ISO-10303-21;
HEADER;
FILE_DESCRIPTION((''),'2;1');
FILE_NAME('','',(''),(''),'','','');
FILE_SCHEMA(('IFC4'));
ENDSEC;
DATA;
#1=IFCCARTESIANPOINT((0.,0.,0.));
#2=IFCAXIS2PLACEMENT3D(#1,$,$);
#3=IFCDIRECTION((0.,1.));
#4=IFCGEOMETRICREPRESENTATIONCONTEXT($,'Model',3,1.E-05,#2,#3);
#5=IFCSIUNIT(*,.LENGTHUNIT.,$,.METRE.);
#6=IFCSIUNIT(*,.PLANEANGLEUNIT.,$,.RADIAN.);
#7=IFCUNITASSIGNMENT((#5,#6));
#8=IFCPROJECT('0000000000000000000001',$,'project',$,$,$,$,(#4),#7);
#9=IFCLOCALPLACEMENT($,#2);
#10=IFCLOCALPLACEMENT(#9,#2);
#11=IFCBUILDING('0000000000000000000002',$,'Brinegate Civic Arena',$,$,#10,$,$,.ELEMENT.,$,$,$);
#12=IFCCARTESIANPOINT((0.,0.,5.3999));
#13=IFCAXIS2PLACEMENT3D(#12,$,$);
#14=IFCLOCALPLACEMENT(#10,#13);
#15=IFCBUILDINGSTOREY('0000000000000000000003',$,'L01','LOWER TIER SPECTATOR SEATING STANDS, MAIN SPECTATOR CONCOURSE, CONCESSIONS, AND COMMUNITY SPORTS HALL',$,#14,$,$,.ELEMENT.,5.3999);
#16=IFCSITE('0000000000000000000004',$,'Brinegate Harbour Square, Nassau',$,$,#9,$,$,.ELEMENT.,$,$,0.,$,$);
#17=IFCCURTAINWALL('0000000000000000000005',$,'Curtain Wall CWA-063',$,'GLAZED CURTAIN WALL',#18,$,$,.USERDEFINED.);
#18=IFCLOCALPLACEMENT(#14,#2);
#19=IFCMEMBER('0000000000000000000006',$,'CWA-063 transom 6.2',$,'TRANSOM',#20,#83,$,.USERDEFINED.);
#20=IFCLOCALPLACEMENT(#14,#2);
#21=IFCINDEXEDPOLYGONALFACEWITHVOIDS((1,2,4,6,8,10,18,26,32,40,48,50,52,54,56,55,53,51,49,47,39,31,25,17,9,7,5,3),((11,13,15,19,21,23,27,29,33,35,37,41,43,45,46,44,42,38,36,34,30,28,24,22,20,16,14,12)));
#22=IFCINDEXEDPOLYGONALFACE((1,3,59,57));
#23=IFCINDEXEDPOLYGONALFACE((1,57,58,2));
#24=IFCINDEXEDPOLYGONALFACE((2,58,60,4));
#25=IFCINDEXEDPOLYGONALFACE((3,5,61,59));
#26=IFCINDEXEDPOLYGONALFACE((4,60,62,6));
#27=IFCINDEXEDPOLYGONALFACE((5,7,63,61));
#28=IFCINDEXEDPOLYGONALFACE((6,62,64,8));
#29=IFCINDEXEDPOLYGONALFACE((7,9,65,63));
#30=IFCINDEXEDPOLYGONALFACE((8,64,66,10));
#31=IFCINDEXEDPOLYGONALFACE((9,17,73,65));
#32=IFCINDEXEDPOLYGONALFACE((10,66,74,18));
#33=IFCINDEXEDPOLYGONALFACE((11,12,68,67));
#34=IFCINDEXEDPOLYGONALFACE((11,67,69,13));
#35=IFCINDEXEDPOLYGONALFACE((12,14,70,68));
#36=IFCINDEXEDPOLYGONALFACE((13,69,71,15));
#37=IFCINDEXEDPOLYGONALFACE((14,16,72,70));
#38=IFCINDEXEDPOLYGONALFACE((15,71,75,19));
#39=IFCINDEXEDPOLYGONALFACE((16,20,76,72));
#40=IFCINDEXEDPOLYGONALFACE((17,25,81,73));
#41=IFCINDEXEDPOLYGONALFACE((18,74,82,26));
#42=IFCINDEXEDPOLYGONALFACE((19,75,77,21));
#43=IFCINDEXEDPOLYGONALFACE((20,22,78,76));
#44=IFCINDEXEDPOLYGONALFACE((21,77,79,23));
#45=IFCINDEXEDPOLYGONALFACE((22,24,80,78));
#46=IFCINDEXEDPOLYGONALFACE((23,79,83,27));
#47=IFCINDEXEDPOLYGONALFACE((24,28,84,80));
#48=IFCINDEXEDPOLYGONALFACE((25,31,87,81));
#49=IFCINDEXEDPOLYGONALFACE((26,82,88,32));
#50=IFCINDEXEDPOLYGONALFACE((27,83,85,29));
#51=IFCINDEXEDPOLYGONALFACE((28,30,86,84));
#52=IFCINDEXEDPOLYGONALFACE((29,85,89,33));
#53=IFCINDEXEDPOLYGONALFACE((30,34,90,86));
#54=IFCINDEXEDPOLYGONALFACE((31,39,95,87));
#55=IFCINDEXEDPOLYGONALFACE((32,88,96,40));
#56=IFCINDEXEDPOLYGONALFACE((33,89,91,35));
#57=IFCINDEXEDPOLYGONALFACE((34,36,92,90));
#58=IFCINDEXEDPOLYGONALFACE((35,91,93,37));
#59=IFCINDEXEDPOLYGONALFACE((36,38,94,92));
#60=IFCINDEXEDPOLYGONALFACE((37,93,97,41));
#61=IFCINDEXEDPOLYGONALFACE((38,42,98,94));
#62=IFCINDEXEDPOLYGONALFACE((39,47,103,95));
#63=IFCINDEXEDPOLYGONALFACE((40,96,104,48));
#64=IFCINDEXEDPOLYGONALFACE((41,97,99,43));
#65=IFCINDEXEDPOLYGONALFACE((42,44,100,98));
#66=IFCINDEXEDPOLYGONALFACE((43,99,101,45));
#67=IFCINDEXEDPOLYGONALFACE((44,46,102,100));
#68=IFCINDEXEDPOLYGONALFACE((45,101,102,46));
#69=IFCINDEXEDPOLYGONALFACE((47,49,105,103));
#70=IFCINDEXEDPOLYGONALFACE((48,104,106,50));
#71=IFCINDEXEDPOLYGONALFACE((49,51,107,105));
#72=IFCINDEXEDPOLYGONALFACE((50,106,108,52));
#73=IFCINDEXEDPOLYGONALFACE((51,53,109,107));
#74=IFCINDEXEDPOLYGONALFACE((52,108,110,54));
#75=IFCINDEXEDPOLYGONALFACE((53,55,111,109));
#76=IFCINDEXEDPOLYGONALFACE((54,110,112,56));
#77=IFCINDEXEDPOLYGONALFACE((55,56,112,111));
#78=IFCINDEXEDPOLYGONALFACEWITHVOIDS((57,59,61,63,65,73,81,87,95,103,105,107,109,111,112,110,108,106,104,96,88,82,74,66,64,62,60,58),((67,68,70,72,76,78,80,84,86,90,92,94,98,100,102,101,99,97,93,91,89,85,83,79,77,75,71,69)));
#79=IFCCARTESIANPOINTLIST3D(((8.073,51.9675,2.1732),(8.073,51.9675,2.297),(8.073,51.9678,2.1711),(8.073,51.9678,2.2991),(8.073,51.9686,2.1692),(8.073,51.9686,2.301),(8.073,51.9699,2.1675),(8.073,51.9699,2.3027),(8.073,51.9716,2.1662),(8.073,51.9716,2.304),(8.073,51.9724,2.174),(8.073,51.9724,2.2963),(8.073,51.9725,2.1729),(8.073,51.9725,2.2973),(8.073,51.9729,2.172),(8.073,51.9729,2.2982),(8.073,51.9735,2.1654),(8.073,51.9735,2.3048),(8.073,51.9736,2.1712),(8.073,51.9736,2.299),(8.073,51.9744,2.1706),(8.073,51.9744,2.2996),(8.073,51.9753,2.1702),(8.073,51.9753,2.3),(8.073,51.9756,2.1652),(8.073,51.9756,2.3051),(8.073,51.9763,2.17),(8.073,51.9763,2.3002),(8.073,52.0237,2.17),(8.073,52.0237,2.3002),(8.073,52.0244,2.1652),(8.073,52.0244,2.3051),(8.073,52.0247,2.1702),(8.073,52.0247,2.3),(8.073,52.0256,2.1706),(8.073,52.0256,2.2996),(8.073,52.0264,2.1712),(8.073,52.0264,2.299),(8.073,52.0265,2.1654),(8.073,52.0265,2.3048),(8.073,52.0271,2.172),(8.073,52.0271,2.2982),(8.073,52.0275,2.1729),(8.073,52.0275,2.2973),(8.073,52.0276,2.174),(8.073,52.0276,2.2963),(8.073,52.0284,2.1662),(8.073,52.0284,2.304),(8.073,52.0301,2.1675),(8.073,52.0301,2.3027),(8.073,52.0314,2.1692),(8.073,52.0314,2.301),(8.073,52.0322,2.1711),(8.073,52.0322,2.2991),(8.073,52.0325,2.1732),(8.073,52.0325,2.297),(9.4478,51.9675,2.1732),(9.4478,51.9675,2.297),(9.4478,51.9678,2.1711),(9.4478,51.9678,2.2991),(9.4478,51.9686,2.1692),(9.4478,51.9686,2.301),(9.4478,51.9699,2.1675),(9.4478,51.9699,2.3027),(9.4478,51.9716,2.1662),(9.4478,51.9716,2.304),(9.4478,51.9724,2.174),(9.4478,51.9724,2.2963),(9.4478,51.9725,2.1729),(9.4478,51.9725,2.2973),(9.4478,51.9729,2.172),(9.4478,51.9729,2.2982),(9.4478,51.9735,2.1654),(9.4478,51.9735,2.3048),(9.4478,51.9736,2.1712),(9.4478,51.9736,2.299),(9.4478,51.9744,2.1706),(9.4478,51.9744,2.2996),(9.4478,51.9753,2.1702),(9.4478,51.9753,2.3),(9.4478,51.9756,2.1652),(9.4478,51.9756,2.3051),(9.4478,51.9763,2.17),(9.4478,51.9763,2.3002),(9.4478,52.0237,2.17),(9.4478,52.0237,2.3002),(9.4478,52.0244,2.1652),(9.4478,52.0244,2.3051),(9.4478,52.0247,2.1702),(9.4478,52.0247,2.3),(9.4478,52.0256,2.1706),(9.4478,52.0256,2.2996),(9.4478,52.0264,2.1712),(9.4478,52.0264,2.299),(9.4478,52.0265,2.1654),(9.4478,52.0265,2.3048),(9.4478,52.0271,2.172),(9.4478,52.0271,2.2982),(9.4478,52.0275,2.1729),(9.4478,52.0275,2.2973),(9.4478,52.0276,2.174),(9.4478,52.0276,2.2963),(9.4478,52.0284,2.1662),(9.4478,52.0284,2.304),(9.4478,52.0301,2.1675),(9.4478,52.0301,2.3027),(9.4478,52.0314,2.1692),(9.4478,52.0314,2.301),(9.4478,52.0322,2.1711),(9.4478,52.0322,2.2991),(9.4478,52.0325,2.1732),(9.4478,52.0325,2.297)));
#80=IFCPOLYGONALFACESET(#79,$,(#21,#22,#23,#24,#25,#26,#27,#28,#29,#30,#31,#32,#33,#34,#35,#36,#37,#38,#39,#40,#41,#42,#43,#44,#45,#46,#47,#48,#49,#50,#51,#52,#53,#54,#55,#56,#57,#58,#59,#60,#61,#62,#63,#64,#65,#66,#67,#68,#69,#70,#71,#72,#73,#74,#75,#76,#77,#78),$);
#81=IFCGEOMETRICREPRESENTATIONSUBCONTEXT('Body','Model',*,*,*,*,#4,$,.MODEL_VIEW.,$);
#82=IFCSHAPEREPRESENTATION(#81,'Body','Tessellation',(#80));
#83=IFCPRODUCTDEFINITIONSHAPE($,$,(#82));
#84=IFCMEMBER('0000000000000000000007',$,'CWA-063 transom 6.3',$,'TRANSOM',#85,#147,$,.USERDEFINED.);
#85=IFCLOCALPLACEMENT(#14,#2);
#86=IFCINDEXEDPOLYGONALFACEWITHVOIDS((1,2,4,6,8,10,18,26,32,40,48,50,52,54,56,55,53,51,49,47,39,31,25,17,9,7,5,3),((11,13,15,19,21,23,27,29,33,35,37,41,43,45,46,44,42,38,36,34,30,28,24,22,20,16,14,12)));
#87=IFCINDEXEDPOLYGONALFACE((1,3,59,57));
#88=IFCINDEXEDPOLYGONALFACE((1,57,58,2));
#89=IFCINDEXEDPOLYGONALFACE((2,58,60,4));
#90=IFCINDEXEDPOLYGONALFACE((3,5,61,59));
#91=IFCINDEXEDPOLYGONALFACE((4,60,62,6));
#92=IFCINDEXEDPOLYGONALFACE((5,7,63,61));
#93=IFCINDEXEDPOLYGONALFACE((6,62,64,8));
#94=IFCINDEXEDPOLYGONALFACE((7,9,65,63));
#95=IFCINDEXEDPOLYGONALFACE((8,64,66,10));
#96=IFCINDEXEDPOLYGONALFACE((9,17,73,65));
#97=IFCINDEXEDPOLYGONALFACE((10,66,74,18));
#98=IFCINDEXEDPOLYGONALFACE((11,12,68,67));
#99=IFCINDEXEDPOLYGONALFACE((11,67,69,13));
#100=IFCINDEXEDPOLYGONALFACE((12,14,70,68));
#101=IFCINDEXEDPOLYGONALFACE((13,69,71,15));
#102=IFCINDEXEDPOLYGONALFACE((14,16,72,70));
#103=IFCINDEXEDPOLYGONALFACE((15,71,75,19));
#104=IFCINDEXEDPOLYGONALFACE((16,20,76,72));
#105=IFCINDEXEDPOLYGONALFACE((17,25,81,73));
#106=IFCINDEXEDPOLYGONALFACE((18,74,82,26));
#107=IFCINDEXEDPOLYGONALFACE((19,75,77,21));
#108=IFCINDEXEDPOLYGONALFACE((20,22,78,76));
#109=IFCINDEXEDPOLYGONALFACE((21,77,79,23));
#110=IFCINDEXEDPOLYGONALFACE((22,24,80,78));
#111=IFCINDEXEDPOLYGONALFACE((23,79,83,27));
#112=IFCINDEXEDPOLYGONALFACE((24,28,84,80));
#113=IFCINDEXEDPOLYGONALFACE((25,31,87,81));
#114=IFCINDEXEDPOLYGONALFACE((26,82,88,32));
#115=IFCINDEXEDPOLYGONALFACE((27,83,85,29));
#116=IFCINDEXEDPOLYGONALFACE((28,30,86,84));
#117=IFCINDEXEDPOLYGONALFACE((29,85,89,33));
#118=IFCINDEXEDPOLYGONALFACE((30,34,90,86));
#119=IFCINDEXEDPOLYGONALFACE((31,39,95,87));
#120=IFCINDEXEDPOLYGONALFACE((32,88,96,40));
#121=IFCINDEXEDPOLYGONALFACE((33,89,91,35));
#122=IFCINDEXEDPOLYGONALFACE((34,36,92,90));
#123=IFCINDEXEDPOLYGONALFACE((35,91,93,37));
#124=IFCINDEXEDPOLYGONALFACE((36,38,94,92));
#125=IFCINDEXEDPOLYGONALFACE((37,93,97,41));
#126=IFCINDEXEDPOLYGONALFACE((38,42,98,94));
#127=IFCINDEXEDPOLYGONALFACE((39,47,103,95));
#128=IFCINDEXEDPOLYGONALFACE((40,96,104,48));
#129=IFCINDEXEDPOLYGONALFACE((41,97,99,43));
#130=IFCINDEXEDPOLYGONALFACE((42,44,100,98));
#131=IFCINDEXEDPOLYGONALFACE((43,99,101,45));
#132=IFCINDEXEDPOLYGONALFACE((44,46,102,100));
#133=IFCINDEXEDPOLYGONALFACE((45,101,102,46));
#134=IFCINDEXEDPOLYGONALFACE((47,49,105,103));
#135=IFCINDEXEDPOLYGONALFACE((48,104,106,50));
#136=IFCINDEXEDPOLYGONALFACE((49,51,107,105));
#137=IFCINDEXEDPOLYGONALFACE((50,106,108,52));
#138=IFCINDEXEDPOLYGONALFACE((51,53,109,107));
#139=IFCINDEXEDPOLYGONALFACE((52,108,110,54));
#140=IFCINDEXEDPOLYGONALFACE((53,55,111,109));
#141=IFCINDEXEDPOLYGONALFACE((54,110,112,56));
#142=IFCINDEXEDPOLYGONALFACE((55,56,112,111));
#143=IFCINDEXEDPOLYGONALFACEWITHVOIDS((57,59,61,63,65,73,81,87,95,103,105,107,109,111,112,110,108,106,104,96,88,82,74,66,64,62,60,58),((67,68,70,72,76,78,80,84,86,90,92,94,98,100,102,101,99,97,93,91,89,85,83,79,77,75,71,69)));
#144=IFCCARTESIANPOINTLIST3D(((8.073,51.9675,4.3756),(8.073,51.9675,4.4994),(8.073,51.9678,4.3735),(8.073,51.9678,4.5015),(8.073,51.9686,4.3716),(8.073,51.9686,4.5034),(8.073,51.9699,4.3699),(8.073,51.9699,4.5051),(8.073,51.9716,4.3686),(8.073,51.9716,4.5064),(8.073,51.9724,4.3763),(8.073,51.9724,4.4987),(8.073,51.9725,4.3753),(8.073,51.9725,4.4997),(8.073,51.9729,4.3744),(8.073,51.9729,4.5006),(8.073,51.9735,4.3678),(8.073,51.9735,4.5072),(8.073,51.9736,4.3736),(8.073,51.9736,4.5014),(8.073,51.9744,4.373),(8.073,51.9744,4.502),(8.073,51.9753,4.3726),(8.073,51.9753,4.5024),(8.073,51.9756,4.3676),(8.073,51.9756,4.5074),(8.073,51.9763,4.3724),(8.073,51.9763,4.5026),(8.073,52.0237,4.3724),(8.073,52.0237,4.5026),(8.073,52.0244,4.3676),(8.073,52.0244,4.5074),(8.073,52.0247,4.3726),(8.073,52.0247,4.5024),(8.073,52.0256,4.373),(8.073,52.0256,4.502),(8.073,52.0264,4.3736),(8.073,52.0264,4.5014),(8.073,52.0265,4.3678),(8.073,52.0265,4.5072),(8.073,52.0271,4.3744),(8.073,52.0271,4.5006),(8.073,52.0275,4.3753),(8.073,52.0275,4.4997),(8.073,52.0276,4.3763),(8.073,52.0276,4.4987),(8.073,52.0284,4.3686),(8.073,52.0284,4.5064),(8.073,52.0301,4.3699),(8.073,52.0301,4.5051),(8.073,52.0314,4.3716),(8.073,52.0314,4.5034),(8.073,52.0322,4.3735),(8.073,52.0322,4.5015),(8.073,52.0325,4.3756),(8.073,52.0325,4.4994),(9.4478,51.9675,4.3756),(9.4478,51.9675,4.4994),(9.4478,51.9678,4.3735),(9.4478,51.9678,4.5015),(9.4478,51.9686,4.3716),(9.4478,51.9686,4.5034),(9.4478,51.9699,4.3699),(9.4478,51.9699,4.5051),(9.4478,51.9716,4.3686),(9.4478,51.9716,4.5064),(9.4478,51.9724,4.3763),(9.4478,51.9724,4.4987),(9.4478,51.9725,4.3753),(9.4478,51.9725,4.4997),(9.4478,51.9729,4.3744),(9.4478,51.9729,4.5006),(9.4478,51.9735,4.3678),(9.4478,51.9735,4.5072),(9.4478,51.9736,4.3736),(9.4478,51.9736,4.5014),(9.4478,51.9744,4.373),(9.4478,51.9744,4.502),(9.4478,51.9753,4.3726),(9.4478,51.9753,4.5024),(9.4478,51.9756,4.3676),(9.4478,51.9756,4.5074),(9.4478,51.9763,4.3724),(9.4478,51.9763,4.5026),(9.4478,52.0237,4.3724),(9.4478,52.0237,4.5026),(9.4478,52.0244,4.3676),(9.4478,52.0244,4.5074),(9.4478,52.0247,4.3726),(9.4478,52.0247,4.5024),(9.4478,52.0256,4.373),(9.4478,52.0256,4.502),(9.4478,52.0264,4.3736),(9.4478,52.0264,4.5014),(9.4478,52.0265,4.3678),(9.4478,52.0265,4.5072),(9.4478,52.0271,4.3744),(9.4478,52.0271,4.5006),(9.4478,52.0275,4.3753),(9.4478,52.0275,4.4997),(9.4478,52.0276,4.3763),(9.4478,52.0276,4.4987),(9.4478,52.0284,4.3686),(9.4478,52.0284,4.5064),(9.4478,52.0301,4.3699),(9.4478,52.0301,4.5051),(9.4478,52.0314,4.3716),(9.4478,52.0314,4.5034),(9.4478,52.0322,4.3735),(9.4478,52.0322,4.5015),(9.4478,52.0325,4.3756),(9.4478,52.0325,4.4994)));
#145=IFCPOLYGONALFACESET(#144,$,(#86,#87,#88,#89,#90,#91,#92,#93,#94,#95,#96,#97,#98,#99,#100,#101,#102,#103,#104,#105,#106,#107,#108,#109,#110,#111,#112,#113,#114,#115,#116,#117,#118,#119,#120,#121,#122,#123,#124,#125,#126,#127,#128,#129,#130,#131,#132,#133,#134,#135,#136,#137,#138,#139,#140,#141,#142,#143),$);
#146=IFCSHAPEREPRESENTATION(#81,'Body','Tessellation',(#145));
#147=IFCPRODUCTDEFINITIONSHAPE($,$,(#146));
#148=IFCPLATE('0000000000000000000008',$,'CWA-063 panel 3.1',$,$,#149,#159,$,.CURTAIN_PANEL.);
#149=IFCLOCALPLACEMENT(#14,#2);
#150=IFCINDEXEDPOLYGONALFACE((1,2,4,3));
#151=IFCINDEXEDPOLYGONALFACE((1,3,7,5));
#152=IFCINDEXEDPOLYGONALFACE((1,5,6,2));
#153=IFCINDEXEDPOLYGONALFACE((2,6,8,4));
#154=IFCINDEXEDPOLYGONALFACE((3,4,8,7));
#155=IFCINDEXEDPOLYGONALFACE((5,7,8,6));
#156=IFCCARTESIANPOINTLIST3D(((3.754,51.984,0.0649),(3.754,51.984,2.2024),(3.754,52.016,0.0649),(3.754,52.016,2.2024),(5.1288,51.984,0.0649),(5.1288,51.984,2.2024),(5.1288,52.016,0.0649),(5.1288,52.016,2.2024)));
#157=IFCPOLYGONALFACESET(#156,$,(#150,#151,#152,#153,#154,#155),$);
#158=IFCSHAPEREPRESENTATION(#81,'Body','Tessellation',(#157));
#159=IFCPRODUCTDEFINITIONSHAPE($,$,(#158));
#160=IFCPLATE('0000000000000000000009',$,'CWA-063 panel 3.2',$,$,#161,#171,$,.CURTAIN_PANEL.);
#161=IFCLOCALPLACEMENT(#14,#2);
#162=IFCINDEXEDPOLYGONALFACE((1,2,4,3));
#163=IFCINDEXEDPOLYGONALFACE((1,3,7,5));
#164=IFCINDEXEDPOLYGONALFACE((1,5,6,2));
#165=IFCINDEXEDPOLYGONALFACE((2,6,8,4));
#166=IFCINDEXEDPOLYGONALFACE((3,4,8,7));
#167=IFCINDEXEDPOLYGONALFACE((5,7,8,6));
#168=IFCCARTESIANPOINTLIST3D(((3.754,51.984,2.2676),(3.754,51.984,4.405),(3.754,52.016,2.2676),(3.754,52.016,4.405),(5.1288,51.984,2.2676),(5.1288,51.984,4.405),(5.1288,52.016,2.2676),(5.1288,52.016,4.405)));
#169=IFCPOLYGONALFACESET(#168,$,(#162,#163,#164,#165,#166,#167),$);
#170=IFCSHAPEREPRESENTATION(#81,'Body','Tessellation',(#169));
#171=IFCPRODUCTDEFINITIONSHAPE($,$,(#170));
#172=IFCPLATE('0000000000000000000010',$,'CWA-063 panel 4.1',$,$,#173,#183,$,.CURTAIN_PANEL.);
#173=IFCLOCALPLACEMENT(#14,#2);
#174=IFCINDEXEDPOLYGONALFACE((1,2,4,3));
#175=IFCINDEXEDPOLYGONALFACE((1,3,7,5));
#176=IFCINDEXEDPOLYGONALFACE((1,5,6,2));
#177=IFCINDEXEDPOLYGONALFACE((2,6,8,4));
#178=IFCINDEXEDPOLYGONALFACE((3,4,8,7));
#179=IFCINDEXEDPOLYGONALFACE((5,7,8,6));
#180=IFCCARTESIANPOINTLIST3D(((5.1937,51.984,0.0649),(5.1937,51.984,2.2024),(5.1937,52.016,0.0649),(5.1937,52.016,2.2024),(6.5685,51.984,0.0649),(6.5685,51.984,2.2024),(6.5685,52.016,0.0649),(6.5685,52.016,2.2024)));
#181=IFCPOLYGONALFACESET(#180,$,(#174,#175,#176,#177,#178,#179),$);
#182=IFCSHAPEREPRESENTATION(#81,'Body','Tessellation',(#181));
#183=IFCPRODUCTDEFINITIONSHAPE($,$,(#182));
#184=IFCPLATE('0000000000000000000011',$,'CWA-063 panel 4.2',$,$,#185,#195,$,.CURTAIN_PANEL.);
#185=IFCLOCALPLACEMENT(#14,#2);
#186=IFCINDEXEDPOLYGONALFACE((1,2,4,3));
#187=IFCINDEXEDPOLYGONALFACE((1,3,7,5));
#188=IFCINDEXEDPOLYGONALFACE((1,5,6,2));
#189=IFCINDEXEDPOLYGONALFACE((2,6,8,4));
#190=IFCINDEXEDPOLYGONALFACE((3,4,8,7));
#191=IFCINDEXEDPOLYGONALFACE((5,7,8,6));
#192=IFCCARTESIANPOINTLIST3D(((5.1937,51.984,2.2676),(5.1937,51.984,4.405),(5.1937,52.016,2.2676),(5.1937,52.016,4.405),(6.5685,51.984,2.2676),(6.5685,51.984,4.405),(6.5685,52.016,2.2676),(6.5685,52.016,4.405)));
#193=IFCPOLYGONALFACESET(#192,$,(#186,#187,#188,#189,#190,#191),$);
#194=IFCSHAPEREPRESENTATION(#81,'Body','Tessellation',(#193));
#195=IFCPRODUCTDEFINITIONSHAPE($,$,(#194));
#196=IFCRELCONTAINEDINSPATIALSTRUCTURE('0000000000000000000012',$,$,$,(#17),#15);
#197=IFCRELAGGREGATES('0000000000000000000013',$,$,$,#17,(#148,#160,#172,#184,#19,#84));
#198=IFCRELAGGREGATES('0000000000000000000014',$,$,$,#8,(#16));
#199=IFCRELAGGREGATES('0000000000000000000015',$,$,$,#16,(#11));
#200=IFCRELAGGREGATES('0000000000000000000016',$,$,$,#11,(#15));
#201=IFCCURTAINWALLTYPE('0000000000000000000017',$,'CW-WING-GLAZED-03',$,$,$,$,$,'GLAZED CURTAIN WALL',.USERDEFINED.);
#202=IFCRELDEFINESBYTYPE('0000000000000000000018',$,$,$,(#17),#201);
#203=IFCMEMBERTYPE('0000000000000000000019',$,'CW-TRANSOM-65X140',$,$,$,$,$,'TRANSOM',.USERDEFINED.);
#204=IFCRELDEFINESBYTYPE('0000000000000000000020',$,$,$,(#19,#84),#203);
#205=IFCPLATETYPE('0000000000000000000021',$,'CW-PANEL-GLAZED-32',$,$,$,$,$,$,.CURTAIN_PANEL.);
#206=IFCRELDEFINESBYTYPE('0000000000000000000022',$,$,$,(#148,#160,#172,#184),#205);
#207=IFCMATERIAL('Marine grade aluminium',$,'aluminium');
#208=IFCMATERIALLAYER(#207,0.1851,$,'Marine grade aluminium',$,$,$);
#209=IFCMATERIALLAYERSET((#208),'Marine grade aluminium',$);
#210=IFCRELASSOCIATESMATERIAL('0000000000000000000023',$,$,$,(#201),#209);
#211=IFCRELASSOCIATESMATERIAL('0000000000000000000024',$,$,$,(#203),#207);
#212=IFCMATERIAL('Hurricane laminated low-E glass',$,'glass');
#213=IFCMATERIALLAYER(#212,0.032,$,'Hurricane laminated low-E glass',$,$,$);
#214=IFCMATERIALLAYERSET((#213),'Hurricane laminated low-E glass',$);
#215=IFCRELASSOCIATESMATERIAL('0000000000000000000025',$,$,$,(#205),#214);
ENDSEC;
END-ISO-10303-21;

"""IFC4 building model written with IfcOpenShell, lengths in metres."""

from ifc_helpers import new_model, si_unit, direction, frame, origin, origin_2d, place, context, subcontext, project, spatial, rectangle, hollow_rectangle, extrude, material, layer, layer_set, material_profile, profile_set, type_object, element, aggregate, save


model = new_model("IFC4")

# Units and contexts
model_context = context("Model", 3, precision=1e-05, world=origin(), true_north=direction((0.0, 1.0)))
body_context = subcontext(model_context, "Body", "Model", "MODEL_VIEW")
ifc_project = project(units=[si_unit("LENGTHUNIT", "METRE"), si_unit("PLANEANGLEUNIT", "RADIAN")], contexts=[model_context])

# Site, building, storey
site_placement = place(None, origin())
site = spatial("IfcSite", under=ifc_project, at=site_placement, Name="Brinegate Harbour Square, Nassau", CompositionType="ELEMENT", RefElevation=0.0)
building_placement = place(site_placement, origin())
building = spatial("IfcBuilding", under=site, at=building_placement, Name="Brinegate Civic Arena", CompositionType="ELEMENT")
storey_placement = place(building_placement, frame((0.0, 0.0, 5.3999)))
storey = spatial("IfcBuildingStorey", under=building, at=storey_placement, Name="L01", Description="LOWER TIER SPECTATOR SEATING STANDS, MAIN SPECTATOR CONCOURSE, CONCESSIONS, AND COMMUNITY SPORTS HALL", CompositionType="ELEMENT", Elevation=5.3999)

# Curtain wall, members, plates
ifc_material_1 = material(Name="Marine grade aluminium", Category="aluminium")
ifc_layer_1 = layer(ifc_material_1, 0.1851, Name="Marine grade aluminium")
ifc_layer_set_1 = layer_set([ifc_layer_1], Name="Marine grade aluminium")
curtain_wall_type = type_object("IfcCurtainWallType", Name="CW-WING-GLAZED-03", ElementType="GLAZED CURTAIN WALL", PredefinedType="USERDEFINED", material=ifc_layer_set_1)
curtain_wall_placement = place(storey_placement, origin())
curtain_wall = element("IfcCurtainWall", 1, at=curtain_wall_placement, inside=storey, type_object=curtain_wall_type, Name="Curtain Wall CWA-063", ObjectType="GLAZED CURTAIN WALL", PredefinedType="USERDEFINED")
ifc_material_profile_1 = material_profile(ifc_material_1, hollow_rectangle(XDim=0.0649, YDim=0.1399, WallThickness=0.0049, InnerFilletRadius=0.0039, OuterFilletRadius=0.0081, at=origin_2d()), Name="TRN65X140")
ifc_profile_set_1 = profile_set([ifc_material_profile_1], Name="Marine grade aluminium")
member_type_1 = type_object("IfcMemberType", Name="CW-TRANSOM-65X140", ElementType="TRANSOM", PredefinedType="USERDEFINED", material=ifc_profile_set_1)
member_1_placement = place(storey_placement, frame((8.073, 52.0, 2.2351), z_axis=(1.0, 0.0, 0.0), x_axis=(0.0, 1.0, 0.0)))
member_1 = element("IfcMember", 2, at=member_1_placement, type_object=member_type_1, Name="CWA-063 transom 6.2", ObjectType="TRANSOM", PredefinedType="USERDEFINED", context=body_context, shape_type="SweptSolid", body=[
    extrude(hollow_rectangle(XDim=0.0649, YDim=0.1399, WallThickness=0.0049, InnerFilletRadius=0.0039, OuterFilletRadius=0.0081, at=origin_2d()), origin(), (0.0, 0.0, 1.0), 1.3748),
])
member_2_placement = place(storey_placement, frame((8.073, 52.0, 4.4375), z_axis=(1.0, 0.0, 0.0), x_axis=(0.0, 1.0, 0.0)))
member_2 = element("IfcMember", 3, at=member_2_placement, type_object=member_type_1, Name="CWA-063 transom 6.3", ObjectType="TRANSOM", PredefinedType="USERDEFINED", context=body_context, shape_type="SweptSolid", body=[
    extrude(hollow_rectangle(XDim=0.0649, YDim=0.1399, WallThickness=0.0049, InnerFilletRadius=0.0039, OuterFilletRadius=0.0081, at=origin_2d()), origin(), (0.0, 0.0, 1.0), 1.3748),
])
ifc_material_2 = material(Name="Hurricane laminated low-E glass", Category="glass")
ifc_layer_2 = layer(ifc_material_2, 0.032, Name="Hurricane laminated low-E glass")
ifc_layer_set_2 = layer_set([ifc_layer_2], Name="Hurricane laminated low-E glass")
plate_type = type_object("IfcPlateType", Name="CW-PANEL-GLAZED-32", PredefinedType="CURTAIN_PANEL", material=ifc_layer_set_2)
plate_1_placement = place(storey_placement, frame((4.4414, 52.0, 0.0649), z_axis=(0.0, 0.0, 1.0), x_axis=(1.0, 0.0, 0.0)))
plate_1 = element("IfcPlate", 4, at=plate_1_placement, type_object=plate_type, Name="CWA-063 panel 3.1", PredefinedType="CURTAIN_PANEL", context=body_context, shape_type="SweptSolid", body=[
    extrude(rectangle(XDim=1.3748, YDim=0.032, at=origin_2d()), origin(), (0.0, 0.0, 1.0), 2.1375),
])
plate_2_placement = place(storey_placement, frame((4.4414, 52.0, 2.2676), z_axis=(0.0, 0.0, 1.0), x_axis=(1.0, 0.0, 0.0)))
plate_2 = element("IfcPlate", 5, at=plate_2_placement, type_object=plate_type, Name="CWA-063 panel 3.2", PredefinedType="CURTAIN_PANEL", context=body_context, shape_type="SweptSolid", body=[
    extrude(rectangle(XDim=1.3748, YDim=0.032, at=origin_2d()), origin(), (0.0, 0.0, 1.0), 2.1375),
])
plate_3_placement = place(storey_placement, frame((5.8811, 52.0, 0.0649), z_axis=(0.0, 0.0, 1.0), x_axis=(1.0, 0.0, 0.0)))
plate_3 = element("IfcPlate", 6, at=plate_3_placement, type_object=plate_type, Name="CWA-063 panel 4.1", PredefinedType="CURTAIN_PANEL", context=body_context, shape_type="SweptSolid", body=[
    extrude(rectangle(XDim=1.3748, YDim=0.032, at=origin_2d()), origin(), (0.0, 0.0, 1.0), 2.1375),
])
plate_4_placement = place(storey_placement, frame((5.8811, 52.0, 2.2676), z_axis=(0.0, 0.0, 1.0), x_axis=(1.0, 0.0, 0.0)))
plate_4 = element("IfcPlate", 7, at=plate_4_placement, type_object=plate_type, Name="CWA-063 panel 4.2", PredefinedType="CURTAIN_PANEL", context=body_context, shape_type="SweptSolid", body=[
    extrude(rectangle(XDim=1.3748, YDim=0.032, at=origin_2d()), origin(), (0.0, 0.0, 1.0), 2.1375),
])
aggregate(curtain_wall, [plate_1, plate_2, plate_3, plate_4, member_1, member_2])

save(model, "model.ifc")
